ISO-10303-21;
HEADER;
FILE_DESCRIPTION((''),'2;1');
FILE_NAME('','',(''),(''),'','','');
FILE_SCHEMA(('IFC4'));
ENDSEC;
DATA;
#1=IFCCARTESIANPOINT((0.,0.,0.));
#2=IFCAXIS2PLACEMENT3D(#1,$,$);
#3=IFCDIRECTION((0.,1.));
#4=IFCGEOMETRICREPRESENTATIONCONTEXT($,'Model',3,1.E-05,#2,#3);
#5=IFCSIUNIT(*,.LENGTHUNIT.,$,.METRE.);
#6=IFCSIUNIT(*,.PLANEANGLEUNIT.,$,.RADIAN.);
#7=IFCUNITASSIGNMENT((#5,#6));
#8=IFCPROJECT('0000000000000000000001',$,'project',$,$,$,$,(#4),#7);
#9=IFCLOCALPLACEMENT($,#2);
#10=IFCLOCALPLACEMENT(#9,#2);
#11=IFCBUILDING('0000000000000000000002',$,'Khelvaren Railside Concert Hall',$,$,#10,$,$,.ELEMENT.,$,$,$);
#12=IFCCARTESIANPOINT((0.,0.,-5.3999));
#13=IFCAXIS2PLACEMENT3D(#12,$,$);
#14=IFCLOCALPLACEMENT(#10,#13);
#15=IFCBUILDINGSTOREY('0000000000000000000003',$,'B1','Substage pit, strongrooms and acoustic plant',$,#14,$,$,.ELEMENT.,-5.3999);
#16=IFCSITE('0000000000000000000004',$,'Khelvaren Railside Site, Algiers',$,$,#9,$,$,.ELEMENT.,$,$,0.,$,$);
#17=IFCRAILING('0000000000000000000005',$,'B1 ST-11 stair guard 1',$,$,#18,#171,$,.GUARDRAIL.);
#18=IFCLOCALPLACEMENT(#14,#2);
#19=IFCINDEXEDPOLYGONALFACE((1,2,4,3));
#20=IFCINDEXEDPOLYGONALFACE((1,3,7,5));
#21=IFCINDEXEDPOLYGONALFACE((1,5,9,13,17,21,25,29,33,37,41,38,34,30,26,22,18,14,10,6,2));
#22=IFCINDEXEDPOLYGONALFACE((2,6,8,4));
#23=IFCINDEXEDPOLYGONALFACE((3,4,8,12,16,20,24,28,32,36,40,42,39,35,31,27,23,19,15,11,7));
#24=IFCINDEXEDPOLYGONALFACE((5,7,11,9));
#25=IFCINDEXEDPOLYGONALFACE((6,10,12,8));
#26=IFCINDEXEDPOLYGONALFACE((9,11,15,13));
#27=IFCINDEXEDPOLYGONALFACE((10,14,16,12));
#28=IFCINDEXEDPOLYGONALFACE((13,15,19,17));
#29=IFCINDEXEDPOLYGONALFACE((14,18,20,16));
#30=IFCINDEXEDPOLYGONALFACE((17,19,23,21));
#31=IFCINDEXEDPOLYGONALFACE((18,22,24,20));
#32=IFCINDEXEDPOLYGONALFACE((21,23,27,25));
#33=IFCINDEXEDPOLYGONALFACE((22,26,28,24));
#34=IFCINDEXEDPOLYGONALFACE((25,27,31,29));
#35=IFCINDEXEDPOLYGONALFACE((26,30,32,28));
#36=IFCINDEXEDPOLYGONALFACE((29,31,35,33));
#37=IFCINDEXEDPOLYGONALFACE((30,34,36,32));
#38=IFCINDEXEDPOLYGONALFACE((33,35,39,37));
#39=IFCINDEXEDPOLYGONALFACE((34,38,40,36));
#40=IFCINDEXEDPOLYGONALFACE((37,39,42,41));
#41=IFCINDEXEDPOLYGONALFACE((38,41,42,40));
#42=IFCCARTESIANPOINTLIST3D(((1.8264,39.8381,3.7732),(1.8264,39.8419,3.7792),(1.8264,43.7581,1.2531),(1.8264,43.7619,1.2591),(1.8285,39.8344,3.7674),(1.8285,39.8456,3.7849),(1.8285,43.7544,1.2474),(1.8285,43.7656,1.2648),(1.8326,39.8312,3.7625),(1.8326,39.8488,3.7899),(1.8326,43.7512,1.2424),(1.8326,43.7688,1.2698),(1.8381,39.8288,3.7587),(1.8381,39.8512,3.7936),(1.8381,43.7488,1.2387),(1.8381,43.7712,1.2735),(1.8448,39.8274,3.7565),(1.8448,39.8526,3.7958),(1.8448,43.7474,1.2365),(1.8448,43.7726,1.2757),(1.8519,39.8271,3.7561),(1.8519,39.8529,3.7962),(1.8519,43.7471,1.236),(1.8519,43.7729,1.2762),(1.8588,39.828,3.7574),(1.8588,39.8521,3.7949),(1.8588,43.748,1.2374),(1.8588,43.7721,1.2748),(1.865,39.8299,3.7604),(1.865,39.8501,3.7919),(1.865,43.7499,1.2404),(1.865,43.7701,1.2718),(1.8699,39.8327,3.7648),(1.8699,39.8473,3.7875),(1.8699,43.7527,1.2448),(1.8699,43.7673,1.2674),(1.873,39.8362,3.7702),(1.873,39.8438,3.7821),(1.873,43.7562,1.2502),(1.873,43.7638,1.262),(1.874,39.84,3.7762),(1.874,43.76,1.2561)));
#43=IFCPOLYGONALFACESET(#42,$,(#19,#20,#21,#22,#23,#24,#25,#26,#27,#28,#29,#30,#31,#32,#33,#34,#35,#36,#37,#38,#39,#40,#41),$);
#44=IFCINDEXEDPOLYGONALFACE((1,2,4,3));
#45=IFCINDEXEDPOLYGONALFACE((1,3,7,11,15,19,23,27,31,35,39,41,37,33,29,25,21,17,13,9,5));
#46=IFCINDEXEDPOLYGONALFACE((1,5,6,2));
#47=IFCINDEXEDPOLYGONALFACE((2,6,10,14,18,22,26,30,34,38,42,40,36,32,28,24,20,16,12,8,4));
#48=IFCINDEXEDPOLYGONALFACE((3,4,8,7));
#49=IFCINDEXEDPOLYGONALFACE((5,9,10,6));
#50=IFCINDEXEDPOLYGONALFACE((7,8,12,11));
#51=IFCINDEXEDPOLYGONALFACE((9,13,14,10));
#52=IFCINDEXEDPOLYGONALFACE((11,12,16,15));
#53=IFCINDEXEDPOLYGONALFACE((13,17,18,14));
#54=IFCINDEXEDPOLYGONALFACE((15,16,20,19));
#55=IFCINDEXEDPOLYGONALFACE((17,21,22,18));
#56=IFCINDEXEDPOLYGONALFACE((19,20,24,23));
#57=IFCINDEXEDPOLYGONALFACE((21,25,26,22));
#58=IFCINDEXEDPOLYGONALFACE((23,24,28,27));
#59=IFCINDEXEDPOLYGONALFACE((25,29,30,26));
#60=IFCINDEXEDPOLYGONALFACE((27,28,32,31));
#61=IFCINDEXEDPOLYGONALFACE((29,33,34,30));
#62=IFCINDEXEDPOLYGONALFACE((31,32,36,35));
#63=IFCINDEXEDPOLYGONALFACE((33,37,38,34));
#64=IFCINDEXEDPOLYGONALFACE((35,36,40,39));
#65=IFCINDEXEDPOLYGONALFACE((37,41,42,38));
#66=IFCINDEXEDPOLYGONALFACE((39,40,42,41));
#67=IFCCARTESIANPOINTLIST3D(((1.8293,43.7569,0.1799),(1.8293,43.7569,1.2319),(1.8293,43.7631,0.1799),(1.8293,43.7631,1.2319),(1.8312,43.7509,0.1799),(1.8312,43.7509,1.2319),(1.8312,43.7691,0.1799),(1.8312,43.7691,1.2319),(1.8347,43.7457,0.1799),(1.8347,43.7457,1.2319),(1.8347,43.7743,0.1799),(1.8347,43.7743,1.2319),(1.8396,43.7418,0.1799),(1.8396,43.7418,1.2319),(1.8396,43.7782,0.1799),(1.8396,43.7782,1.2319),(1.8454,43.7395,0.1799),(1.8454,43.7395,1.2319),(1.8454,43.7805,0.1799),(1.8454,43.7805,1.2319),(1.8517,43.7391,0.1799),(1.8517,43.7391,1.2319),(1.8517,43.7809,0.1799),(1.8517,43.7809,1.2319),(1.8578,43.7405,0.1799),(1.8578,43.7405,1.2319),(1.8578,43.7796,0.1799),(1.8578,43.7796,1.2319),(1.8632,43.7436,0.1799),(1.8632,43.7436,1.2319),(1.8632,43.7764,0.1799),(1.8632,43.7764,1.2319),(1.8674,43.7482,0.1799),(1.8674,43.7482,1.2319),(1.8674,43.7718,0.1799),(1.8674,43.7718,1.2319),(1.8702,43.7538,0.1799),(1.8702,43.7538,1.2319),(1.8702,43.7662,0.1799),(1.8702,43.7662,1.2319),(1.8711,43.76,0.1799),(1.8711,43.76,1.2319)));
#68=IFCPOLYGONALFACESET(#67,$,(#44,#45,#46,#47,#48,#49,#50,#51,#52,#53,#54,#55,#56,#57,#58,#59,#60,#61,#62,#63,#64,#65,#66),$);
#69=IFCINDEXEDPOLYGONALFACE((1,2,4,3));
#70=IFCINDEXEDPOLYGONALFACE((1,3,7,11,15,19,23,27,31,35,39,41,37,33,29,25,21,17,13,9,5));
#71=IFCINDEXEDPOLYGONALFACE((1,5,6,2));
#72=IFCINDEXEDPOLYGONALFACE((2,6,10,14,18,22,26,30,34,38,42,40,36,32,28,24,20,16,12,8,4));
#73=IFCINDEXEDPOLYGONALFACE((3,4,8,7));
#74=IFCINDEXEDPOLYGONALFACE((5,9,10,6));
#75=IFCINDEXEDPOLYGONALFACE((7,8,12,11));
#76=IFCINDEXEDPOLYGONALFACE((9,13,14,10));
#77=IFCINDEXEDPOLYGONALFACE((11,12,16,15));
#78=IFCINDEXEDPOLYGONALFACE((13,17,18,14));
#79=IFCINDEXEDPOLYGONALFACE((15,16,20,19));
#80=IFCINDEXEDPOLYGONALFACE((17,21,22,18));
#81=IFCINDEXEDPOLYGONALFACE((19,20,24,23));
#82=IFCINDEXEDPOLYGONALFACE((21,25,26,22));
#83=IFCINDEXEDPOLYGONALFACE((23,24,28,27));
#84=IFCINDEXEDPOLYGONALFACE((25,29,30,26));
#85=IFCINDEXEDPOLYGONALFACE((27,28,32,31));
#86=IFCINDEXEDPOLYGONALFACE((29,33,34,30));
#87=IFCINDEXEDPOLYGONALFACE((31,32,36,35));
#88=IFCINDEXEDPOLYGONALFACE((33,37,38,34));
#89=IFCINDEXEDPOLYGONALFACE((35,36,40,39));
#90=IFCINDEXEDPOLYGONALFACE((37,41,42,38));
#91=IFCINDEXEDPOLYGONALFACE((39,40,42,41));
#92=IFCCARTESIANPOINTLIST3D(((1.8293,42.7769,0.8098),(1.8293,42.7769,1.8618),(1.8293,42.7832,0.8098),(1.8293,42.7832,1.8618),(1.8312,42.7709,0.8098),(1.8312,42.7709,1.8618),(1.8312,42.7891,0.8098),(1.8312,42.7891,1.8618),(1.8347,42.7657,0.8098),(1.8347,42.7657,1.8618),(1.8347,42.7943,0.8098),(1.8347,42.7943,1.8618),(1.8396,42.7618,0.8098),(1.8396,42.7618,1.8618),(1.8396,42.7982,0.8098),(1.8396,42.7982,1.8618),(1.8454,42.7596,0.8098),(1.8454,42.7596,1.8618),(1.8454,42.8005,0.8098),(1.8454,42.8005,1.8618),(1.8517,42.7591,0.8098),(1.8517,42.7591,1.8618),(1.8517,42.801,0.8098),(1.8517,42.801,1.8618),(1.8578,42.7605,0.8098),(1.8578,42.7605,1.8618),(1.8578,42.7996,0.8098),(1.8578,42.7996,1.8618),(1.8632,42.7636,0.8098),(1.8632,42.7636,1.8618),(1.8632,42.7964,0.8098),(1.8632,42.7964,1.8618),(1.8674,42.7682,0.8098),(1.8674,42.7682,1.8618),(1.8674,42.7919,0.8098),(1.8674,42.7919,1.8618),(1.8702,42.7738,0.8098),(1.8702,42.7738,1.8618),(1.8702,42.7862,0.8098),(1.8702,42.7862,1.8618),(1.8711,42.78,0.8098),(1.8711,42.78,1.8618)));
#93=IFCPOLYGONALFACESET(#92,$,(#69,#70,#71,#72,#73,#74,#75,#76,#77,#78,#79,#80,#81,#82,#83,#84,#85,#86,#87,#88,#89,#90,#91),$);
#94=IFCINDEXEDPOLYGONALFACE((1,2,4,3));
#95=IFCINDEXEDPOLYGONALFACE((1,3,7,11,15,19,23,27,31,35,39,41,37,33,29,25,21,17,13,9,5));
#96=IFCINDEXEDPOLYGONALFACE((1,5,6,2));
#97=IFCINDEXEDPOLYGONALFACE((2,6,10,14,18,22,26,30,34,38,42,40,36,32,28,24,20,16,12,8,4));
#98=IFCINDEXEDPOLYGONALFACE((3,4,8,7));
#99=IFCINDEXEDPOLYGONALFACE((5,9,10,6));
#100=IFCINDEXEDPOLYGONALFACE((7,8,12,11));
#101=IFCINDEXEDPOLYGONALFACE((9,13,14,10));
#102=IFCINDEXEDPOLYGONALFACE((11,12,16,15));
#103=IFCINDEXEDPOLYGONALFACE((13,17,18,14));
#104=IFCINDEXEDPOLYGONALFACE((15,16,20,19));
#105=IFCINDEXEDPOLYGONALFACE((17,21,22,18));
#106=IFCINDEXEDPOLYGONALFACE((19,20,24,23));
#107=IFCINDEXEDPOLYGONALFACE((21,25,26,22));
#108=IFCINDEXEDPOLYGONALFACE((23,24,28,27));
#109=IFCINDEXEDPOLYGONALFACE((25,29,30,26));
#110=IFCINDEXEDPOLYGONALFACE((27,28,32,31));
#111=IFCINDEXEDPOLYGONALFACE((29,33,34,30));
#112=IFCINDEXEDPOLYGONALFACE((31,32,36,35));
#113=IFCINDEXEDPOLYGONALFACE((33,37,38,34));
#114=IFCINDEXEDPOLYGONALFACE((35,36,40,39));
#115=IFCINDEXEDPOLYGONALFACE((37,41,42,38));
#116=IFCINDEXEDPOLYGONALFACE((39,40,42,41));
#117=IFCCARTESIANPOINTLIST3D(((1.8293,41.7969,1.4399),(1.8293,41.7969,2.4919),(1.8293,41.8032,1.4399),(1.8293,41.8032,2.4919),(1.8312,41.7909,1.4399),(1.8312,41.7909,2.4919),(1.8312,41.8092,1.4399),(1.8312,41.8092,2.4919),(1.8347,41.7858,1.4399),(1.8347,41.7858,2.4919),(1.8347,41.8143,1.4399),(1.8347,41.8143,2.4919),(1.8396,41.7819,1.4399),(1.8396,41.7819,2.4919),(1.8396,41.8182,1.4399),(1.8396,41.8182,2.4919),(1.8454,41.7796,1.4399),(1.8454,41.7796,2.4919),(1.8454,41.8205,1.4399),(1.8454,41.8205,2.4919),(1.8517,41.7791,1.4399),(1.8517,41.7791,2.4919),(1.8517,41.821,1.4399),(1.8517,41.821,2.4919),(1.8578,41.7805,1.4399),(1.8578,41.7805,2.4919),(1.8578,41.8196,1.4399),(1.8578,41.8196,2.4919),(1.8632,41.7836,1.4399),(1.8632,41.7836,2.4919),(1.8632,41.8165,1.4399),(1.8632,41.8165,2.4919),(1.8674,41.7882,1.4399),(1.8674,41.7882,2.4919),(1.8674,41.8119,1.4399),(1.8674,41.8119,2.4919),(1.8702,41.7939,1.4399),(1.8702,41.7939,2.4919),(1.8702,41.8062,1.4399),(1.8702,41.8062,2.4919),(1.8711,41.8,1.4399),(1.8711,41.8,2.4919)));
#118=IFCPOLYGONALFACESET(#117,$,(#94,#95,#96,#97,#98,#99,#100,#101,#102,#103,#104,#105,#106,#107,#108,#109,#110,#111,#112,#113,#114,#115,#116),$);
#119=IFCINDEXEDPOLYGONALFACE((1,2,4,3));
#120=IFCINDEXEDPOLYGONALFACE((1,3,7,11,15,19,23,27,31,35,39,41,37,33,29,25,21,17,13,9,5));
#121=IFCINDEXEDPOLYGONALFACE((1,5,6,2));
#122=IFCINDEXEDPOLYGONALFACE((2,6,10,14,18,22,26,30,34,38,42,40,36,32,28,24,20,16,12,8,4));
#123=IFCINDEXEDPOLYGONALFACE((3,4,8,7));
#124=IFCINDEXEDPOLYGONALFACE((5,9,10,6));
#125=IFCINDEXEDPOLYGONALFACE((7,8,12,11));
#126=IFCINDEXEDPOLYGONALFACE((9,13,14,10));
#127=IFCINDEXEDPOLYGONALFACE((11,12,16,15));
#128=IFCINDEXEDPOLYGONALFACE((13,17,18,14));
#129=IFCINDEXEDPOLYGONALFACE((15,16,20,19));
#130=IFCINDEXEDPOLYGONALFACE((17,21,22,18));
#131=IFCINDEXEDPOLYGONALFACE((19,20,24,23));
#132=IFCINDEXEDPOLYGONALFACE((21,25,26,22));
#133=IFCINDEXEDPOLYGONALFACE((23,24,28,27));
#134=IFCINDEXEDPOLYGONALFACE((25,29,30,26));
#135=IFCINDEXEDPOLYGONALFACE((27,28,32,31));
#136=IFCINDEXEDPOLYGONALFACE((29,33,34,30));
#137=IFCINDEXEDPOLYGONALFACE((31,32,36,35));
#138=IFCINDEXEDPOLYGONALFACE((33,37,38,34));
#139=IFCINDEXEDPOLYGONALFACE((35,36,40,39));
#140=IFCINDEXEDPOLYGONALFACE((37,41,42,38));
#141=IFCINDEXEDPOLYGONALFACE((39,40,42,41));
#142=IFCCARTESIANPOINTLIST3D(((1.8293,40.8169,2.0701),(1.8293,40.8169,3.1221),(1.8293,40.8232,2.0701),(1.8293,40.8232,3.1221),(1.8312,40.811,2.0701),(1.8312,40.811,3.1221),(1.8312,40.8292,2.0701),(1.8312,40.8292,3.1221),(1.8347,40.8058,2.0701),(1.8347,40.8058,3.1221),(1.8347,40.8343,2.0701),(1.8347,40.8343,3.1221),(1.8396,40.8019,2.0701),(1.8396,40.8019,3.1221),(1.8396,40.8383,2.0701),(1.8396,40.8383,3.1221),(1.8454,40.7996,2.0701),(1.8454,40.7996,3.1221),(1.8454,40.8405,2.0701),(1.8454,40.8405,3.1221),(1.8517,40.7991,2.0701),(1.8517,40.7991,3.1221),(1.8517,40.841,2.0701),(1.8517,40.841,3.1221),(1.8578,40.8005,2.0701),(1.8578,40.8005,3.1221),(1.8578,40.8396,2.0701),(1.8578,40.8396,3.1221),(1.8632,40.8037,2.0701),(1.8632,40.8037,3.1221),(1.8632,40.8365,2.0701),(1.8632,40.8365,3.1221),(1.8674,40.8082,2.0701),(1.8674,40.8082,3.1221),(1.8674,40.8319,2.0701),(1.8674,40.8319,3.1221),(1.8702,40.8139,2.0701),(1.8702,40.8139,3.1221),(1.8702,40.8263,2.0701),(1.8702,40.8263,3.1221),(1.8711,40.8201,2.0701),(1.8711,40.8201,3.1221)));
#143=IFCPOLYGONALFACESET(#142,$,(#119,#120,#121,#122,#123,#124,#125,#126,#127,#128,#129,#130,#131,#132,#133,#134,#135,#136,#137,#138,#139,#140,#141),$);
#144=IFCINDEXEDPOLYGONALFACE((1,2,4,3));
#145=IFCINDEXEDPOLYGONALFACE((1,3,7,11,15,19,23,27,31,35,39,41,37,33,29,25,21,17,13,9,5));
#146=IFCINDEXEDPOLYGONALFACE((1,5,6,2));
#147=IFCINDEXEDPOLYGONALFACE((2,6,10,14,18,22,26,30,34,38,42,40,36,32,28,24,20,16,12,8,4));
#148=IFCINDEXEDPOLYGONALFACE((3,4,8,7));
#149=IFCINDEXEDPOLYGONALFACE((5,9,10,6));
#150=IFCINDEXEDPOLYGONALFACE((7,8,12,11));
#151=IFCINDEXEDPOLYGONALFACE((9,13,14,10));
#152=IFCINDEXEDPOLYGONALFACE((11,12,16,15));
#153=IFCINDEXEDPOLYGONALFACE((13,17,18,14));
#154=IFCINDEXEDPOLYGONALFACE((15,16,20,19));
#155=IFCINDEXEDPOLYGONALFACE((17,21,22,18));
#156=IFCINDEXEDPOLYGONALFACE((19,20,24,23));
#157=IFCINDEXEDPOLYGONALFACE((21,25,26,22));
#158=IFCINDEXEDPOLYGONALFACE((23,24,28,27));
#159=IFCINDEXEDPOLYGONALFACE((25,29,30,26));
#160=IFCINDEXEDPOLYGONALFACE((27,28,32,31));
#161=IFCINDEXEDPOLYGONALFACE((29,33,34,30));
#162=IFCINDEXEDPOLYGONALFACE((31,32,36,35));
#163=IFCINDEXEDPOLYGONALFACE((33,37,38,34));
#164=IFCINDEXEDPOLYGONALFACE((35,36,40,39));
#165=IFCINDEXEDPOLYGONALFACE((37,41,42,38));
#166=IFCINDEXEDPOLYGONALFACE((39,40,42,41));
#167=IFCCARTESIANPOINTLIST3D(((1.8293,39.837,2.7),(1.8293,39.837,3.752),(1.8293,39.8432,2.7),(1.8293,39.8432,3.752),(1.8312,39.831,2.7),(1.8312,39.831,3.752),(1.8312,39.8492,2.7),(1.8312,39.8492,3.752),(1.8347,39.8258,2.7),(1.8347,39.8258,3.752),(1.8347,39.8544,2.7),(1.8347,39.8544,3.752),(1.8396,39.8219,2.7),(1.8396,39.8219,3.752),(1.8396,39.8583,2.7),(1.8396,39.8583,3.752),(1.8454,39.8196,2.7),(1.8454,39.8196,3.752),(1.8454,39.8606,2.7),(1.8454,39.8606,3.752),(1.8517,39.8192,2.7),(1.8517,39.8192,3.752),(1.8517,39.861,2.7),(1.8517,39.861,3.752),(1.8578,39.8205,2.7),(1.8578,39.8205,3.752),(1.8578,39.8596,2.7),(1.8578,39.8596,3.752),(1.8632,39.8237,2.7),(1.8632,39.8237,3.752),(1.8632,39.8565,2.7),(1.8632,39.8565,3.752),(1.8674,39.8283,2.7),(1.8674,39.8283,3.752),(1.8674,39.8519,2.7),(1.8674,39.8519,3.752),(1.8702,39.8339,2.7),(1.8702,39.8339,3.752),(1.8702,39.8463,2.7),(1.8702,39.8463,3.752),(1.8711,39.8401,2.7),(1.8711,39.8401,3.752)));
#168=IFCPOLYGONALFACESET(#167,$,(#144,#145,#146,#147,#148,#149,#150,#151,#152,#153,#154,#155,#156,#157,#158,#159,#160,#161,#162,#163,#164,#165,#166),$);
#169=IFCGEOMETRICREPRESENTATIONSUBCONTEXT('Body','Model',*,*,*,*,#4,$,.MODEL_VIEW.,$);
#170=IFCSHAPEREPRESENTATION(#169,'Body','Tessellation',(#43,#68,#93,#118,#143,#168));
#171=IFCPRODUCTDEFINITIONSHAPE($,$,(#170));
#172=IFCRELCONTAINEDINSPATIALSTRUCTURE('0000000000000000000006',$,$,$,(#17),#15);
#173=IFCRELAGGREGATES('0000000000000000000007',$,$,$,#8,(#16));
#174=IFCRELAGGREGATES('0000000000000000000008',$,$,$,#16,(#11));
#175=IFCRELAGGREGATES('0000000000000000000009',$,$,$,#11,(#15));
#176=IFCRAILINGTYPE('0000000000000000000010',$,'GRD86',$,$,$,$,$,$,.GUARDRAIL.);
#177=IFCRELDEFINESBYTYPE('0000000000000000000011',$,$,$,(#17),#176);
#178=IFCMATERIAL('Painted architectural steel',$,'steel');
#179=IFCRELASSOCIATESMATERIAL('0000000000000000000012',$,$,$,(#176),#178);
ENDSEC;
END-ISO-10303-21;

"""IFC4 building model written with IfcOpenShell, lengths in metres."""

from ifc_helpers import new_model, si_unit, direction, frame, origin, origin_2d, place, context, subcontext, project, spatial, circle, extrude, material, type_object, element, save


model = new_model("IFC4")

# Units and contexts
model_context = context("Model", 3, precision=1e-05, world=origin(), true_north=direction((0.0, 1.0)))
body_context = subcontext(model_context, "Body", "Model", "MODEL_VIEW")
ifc_project = project(units=[si_unit("LENGTHUNIT", "METRE"), si_unit("PLANEANGLEUNIT", "RADIAN")], contexts=[model_context])

# Site, building, storey
site_placement = place(None, origin())
site = spatial("IfcSite", under=ifc_project, at=site_placement, Name="Khelvaren Railside Site, Algiers", CompositionType="ELEMENT", RefElevation=0.0)
building_placement = place(site_placement, origin())
building = spatial("IfcBuilding", under=site, at=building_placement, Name="Khelvaren Railside Concert Hall", CompositionType="ELEMENT")
storey_placement = place(building_placement, frame((0.0, 0.0, -5.3999)))
storey = spatial("IfcBuildingStorey", under=building, at=storey_placement, Name="B1", Description="Substage pit, strongrooms and acoustic plant", CompositionType="ELEMENT", Elevation=-5.3999)

# Railing
ifc_material_1 = material(Name="Painted architectural steel", Category="steel")
railing_type_1 = type_object("IfcRailingType", Name="GRD86", PredefinedType="GUARDRAIL", material=ifc_material_1)
railing_1_placement = place(storey_placement, frame((1.8501, 43.76, 0.1799)))
element("IfcRailing", 1, at=railing_1_placement, inside=storey, type_object=railing_type_1, Name="B1 ST-11 stair guard 1", PredefinedType="GUARDRAIL", context=body_context, shape_type="SweptSolid", body=[
    extrude(circle(Radius=0.0239, at=origin_2d()), frame((0.0, 0.0, 1.0762), z_axis=(0.0, -0.841172, 0.540768), x_axis=(1.0, 0.0, 0.0)), (0.0, 0.0, 1.0), 4.6602),
    extrude(circle(Radius=0.021, at=origin_2d()), origin(), (0.0, 0.0, 1.0), 1.052),
    extrude(circle(Radius=0.021, at=origin_2d()), frame((0.0, -0.98, 0.6299)), (0.0, 0.0, 1.0), 1.052),
    extrude(circle(Radius=0.021, at=origin_2d()), frame((0.0, -1.96, 1.26)), (0.0, 0.0, 1.0), 1.052),
    extrude(circle(Radius=0.021, at=origin_2d()), frame((0.0, -2.9399, 1.8901)), (0.0, 0.0, 1.0), 1.052),
    extrude(circle(Radius=0.021, at=origin_2d()), frame((0.0, -3.9199, 2.52)), (0.0, 0.0, 1.0), 1.052),
])

save(model, "model.ifc")
